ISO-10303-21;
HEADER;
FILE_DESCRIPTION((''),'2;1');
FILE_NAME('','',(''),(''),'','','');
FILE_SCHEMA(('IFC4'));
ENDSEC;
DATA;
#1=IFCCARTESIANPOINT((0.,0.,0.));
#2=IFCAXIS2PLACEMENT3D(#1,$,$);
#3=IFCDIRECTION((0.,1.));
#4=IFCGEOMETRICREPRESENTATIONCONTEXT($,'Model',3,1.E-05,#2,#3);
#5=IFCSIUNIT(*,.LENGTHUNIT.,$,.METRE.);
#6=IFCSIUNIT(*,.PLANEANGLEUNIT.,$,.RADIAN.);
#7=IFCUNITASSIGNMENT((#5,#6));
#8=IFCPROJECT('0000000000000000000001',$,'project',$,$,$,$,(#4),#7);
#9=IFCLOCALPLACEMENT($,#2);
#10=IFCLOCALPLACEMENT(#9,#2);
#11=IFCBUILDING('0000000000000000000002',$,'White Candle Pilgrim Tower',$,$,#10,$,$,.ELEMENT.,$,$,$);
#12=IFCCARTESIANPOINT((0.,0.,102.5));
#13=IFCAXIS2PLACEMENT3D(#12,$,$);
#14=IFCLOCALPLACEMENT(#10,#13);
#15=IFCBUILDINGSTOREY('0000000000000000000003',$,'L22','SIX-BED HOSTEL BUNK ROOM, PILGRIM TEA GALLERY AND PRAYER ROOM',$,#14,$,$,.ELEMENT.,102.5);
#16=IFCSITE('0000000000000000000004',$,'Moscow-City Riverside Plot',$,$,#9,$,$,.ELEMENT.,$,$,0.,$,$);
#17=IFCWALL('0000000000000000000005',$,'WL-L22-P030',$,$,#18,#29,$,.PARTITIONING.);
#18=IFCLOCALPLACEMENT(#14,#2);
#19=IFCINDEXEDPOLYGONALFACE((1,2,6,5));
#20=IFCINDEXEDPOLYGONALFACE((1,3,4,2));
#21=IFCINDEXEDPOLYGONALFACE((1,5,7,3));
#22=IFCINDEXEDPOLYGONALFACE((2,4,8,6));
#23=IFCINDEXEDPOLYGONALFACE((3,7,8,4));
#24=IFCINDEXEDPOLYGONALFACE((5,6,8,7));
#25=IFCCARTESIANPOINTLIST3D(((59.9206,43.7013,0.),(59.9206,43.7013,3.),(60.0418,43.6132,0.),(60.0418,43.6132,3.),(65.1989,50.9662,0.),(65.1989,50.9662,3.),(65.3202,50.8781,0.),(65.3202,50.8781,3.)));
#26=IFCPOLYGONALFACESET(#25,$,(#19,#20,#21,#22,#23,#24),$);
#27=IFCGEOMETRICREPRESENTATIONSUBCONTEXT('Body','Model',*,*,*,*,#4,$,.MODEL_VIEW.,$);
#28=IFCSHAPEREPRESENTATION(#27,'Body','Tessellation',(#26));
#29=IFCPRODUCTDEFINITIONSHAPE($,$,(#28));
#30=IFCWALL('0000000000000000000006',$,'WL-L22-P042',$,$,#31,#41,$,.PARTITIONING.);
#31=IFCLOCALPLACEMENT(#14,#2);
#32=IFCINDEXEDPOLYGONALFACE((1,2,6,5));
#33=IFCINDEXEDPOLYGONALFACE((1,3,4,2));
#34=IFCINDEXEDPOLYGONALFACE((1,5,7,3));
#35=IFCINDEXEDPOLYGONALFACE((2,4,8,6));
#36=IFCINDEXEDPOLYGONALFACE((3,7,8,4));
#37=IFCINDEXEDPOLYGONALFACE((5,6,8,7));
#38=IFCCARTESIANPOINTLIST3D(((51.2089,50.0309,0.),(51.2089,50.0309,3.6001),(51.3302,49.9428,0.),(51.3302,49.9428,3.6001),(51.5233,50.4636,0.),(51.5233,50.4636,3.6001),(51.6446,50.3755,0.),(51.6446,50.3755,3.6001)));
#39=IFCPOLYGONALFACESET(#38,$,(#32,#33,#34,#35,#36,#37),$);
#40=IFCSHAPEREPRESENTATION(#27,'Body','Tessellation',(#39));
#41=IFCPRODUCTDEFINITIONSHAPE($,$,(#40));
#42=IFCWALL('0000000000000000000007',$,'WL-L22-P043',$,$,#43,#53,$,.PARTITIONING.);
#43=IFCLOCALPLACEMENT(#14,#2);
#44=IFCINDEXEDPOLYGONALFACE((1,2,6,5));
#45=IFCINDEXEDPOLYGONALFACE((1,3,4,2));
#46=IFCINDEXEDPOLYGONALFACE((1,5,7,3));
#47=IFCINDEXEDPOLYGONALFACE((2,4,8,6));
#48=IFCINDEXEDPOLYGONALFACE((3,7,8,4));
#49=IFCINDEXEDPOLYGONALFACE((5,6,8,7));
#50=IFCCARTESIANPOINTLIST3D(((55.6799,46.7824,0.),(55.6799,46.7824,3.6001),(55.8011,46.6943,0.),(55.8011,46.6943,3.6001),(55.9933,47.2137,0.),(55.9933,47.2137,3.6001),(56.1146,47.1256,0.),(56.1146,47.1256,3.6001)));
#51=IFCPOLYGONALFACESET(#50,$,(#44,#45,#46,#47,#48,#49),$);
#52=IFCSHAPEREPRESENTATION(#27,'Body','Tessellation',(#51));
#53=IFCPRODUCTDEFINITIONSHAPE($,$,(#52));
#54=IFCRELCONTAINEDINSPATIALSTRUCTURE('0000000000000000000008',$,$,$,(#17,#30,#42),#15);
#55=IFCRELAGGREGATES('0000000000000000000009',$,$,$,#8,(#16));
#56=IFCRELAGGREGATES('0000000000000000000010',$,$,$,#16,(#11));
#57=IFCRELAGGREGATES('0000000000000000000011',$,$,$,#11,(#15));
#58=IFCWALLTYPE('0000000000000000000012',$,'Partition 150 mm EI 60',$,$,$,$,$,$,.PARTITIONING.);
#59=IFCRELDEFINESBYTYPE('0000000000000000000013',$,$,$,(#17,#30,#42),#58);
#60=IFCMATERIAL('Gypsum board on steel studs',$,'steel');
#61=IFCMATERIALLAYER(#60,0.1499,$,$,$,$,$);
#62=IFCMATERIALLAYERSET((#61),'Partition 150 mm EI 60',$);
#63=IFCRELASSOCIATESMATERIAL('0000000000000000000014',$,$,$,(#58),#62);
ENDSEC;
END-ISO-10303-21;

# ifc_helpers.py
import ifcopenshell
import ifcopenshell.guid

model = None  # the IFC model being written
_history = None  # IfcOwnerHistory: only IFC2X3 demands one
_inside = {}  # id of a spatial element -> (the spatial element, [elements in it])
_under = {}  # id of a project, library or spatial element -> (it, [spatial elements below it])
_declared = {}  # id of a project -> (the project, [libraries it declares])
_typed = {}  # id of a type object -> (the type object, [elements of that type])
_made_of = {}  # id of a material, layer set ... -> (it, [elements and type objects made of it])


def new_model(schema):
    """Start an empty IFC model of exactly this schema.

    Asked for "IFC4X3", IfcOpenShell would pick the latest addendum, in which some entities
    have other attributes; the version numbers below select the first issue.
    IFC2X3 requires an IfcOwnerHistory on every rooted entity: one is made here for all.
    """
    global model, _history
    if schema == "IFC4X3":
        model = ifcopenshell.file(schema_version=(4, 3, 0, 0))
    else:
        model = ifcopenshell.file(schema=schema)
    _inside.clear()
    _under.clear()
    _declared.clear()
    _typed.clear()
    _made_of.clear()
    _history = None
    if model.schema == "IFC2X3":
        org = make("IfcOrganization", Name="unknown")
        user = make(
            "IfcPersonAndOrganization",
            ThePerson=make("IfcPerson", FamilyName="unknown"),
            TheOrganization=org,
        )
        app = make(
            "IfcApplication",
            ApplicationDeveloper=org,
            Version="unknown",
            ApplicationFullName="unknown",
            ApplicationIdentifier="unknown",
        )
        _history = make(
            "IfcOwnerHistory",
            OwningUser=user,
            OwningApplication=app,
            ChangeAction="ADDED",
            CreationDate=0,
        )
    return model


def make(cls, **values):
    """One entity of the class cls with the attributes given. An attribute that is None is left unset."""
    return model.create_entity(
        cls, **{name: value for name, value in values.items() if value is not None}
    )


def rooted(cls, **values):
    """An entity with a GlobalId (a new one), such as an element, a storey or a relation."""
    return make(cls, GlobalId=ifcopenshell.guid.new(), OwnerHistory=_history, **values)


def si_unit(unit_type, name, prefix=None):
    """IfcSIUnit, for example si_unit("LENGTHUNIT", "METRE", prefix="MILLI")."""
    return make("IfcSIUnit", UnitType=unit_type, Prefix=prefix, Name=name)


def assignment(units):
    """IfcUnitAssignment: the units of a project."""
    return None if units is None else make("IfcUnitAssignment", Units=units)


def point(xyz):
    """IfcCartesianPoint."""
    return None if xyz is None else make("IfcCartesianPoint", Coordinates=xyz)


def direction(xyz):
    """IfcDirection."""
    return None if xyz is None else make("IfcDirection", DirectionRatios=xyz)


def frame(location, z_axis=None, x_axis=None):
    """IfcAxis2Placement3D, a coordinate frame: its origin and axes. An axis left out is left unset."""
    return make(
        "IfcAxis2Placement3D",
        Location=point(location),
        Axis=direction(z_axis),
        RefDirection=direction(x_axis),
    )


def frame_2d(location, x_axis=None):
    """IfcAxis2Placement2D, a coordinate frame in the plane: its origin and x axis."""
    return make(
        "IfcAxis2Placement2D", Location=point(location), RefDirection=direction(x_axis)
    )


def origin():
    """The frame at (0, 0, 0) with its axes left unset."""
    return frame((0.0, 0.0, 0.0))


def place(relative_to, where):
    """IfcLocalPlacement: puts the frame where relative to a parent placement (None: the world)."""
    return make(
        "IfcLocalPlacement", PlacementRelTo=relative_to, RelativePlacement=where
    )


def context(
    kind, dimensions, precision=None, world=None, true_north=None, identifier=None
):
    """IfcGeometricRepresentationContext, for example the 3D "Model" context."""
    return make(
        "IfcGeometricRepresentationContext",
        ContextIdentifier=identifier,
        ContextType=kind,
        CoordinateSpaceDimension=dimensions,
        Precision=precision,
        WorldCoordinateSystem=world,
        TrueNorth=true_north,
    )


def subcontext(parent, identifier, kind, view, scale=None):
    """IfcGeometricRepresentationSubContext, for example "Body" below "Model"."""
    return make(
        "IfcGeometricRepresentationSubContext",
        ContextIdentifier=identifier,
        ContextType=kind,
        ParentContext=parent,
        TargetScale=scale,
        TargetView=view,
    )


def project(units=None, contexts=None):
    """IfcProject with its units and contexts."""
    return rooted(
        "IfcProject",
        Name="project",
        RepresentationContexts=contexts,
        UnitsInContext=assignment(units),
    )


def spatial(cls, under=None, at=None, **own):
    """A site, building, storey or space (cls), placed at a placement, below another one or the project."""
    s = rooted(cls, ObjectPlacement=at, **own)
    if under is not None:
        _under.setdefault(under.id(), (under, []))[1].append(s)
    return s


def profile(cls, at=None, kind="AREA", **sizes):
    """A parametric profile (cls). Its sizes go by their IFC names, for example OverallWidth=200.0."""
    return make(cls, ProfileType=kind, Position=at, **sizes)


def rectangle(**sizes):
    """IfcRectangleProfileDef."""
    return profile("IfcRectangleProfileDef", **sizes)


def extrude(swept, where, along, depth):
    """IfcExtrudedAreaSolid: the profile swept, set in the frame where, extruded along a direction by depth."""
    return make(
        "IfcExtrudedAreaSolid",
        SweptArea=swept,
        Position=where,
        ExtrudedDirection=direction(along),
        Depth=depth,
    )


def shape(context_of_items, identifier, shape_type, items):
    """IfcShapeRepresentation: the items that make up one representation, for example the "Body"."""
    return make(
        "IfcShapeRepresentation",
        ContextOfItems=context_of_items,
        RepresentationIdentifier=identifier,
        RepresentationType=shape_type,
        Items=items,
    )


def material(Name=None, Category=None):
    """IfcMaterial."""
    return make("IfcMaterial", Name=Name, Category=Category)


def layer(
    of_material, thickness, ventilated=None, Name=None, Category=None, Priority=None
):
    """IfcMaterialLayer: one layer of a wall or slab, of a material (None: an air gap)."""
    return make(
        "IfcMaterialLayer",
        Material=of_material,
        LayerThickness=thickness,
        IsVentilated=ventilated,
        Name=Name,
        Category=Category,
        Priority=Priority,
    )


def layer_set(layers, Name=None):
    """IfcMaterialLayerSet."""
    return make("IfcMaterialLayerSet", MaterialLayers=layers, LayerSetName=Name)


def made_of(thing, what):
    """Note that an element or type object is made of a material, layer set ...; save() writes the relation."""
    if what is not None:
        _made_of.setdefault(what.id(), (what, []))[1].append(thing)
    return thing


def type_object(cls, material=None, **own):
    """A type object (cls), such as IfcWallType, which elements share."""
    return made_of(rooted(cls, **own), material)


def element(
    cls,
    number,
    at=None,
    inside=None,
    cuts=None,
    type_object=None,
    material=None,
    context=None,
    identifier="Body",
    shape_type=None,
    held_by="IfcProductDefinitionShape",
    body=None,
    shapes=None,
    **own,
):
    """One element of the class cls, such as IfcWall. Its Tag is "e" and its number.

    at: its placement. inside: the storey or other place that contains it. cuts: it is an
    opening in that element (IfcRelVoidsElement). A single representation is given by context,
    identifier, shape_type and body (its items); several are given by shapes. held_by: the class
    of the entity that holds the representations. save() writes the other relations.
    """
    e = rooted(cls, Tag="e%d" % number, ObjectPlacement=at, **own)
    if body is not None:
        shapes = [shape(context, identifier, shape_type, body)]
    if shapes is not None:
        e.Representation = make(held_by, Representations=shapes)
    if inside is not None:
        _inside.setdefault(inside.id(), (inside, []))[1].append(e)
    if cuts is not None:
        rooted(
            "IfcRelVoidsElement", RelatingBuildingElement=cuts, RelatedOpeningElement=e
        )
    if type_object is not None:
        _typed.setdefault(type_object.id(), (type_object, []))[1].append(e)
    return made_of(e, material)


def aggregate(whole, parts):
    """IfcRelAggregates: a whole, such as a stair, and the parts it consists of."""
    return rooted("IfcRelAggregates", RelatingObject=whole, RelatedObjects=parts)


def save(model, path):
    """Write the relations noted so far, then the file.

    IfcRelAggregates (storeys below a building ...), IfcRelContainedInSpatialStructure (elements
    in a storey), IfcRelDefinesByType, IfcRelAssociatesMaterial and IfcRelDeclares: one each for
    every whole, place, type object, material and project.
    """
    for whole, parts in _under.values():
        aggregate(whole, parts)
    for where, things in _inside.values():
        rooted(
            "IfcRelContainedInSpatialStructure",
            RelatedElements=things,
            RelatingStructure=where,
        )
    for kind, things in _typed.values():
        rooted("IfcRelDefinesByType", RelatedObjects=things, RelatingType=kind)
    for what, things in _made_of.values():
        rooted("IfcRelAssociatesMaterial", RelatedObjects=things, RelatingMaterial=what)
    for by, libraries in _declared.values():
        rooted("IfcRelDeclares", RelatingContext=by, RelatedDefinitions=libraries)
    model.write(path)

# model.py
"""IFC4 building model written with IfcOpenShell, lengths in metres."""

from ifc_helpers import new_model, si_unit, direction, frame, frame_2d, origin, place, context, subcontext, project, spatial, rectangle, extrude, material, layer, layer_set, type_object, element, save


model = new_model("IFC4")

# Units and contexts
model_context = context("Model", 3, precision=1e-05, world=origin(), true_north=direction((0.0, 1.0)))
body_context = subcontext(model_context, "Body", "Model", "MODEL_VIEW")
ifc_project = project(units=[si_unit("LENGTHUNIT", "METRE"), si_unit("PLANEANGLEUNIT", "RADIAN")], contexts=[model_context])

# Site, building, storey
site_placement = place(None, origin())
site = spatial("IfcSite", under=ifc_project, at=site_placement, Name="Moscow-City Riverside Plot", CompositionType="ELEMENT", RefElevation=0.0)
building_placement = place(site_placement, origin())
building = spatial("IfcBuilding", under=site, at=building_placement, Name="White Candle Pilgrim Tower", CompositionType="ELEMENT")
storey_placement = place(building_placement, frame((0.0, 0.0, 102.5)))
storey = spatial("IfcBuildingStorey", under=building, at=storey_placement, Name="L22", Description="SIX-BED HOSTEL BUNK ROOM, PILGRIM TEA GALLERY AND PRAYER ROOM", CompositionType="ELEMENT", Elevation=102.5)

# Walls
ifc_material_1 = material(Name="Gypsum board on steel studs", Category="steel")
ifc_layer_1 = layer(ifc_material_1, 0.1499)
ifc_layer_set_1 = layer_set([ifc_layer_1], Name="Partition 150 mm EI 60")
wall_type_1 = type_object("IfcWallType", Name="Partition 150 mm EI 60", PredefinedType="PARTITIONING", material=ifc_layer_set_1)
for number, where, z_axis, x_axis, name in (
    (1, (59.9812, 43.6572, 0.0), (0.0, 0.0, 1.0), (0.58779, 0.809013, 0.0), "WL-L22-P030"),
):
    element("IfcWall", number, at=place(storey_placement, frame(where, z_axis=z_axis, x_axis=x_axis)), inside=storey, type_object=wall_type_1, Name=name, PredefinedType="PARTITIONING", context=body_context, shape_type="SweptSolid", body=[
        extrude(rectangle(XDim=8.98, YDim=0.1499, at=frame_2d((4.49, 0.0))), origin(), (0.0, 0.0, 1.0), 3.0),
    ])
wall_1_placement = place(storey_placement, frame((51.584, 50.4197, 0.0), z_axis=(0.0, 0.0, 1.0), x_axis=(-0.587737, -0.809052, 0.0)))
element("IfcWall", 2, at=wall_1_placement, inside=storey, type_object=wall_type_1, Name="WL-L22-P042", PredefinedType="PARTITIONING", context=body_context, shape_type="SweptSolid", body=[
    extrude(rectangle(XDim=0.5349, YDim=0.1499, at=frame_2d((0.2676, 0.0))), origin(), (0.0, 0.0, 1.0), 3.6001),
])
wall_2_placement = place(storey_placement, frame((56.054, 47.1697, 0.0), z_axis=(0.0, 0.0, 1.0), x_axis=(-0.587845, -0.808974, 0.0)))
element("IfcWall", 3, at=wall_2_placement, inside=storey, type_object=wall_type_1, Name="WL-L22-P043", PredefinedType="PARTITIONING", context=body_context, shape_type="SweptSolid", body=[
    extrude(rectangle(XDim=0.5332, YDim=0.1499, at=frame_2d((0.2666, 0.0))), origin(), (0.0, 0.0, 1.0), 3.6001),
])

save(model, "model.ifc")
